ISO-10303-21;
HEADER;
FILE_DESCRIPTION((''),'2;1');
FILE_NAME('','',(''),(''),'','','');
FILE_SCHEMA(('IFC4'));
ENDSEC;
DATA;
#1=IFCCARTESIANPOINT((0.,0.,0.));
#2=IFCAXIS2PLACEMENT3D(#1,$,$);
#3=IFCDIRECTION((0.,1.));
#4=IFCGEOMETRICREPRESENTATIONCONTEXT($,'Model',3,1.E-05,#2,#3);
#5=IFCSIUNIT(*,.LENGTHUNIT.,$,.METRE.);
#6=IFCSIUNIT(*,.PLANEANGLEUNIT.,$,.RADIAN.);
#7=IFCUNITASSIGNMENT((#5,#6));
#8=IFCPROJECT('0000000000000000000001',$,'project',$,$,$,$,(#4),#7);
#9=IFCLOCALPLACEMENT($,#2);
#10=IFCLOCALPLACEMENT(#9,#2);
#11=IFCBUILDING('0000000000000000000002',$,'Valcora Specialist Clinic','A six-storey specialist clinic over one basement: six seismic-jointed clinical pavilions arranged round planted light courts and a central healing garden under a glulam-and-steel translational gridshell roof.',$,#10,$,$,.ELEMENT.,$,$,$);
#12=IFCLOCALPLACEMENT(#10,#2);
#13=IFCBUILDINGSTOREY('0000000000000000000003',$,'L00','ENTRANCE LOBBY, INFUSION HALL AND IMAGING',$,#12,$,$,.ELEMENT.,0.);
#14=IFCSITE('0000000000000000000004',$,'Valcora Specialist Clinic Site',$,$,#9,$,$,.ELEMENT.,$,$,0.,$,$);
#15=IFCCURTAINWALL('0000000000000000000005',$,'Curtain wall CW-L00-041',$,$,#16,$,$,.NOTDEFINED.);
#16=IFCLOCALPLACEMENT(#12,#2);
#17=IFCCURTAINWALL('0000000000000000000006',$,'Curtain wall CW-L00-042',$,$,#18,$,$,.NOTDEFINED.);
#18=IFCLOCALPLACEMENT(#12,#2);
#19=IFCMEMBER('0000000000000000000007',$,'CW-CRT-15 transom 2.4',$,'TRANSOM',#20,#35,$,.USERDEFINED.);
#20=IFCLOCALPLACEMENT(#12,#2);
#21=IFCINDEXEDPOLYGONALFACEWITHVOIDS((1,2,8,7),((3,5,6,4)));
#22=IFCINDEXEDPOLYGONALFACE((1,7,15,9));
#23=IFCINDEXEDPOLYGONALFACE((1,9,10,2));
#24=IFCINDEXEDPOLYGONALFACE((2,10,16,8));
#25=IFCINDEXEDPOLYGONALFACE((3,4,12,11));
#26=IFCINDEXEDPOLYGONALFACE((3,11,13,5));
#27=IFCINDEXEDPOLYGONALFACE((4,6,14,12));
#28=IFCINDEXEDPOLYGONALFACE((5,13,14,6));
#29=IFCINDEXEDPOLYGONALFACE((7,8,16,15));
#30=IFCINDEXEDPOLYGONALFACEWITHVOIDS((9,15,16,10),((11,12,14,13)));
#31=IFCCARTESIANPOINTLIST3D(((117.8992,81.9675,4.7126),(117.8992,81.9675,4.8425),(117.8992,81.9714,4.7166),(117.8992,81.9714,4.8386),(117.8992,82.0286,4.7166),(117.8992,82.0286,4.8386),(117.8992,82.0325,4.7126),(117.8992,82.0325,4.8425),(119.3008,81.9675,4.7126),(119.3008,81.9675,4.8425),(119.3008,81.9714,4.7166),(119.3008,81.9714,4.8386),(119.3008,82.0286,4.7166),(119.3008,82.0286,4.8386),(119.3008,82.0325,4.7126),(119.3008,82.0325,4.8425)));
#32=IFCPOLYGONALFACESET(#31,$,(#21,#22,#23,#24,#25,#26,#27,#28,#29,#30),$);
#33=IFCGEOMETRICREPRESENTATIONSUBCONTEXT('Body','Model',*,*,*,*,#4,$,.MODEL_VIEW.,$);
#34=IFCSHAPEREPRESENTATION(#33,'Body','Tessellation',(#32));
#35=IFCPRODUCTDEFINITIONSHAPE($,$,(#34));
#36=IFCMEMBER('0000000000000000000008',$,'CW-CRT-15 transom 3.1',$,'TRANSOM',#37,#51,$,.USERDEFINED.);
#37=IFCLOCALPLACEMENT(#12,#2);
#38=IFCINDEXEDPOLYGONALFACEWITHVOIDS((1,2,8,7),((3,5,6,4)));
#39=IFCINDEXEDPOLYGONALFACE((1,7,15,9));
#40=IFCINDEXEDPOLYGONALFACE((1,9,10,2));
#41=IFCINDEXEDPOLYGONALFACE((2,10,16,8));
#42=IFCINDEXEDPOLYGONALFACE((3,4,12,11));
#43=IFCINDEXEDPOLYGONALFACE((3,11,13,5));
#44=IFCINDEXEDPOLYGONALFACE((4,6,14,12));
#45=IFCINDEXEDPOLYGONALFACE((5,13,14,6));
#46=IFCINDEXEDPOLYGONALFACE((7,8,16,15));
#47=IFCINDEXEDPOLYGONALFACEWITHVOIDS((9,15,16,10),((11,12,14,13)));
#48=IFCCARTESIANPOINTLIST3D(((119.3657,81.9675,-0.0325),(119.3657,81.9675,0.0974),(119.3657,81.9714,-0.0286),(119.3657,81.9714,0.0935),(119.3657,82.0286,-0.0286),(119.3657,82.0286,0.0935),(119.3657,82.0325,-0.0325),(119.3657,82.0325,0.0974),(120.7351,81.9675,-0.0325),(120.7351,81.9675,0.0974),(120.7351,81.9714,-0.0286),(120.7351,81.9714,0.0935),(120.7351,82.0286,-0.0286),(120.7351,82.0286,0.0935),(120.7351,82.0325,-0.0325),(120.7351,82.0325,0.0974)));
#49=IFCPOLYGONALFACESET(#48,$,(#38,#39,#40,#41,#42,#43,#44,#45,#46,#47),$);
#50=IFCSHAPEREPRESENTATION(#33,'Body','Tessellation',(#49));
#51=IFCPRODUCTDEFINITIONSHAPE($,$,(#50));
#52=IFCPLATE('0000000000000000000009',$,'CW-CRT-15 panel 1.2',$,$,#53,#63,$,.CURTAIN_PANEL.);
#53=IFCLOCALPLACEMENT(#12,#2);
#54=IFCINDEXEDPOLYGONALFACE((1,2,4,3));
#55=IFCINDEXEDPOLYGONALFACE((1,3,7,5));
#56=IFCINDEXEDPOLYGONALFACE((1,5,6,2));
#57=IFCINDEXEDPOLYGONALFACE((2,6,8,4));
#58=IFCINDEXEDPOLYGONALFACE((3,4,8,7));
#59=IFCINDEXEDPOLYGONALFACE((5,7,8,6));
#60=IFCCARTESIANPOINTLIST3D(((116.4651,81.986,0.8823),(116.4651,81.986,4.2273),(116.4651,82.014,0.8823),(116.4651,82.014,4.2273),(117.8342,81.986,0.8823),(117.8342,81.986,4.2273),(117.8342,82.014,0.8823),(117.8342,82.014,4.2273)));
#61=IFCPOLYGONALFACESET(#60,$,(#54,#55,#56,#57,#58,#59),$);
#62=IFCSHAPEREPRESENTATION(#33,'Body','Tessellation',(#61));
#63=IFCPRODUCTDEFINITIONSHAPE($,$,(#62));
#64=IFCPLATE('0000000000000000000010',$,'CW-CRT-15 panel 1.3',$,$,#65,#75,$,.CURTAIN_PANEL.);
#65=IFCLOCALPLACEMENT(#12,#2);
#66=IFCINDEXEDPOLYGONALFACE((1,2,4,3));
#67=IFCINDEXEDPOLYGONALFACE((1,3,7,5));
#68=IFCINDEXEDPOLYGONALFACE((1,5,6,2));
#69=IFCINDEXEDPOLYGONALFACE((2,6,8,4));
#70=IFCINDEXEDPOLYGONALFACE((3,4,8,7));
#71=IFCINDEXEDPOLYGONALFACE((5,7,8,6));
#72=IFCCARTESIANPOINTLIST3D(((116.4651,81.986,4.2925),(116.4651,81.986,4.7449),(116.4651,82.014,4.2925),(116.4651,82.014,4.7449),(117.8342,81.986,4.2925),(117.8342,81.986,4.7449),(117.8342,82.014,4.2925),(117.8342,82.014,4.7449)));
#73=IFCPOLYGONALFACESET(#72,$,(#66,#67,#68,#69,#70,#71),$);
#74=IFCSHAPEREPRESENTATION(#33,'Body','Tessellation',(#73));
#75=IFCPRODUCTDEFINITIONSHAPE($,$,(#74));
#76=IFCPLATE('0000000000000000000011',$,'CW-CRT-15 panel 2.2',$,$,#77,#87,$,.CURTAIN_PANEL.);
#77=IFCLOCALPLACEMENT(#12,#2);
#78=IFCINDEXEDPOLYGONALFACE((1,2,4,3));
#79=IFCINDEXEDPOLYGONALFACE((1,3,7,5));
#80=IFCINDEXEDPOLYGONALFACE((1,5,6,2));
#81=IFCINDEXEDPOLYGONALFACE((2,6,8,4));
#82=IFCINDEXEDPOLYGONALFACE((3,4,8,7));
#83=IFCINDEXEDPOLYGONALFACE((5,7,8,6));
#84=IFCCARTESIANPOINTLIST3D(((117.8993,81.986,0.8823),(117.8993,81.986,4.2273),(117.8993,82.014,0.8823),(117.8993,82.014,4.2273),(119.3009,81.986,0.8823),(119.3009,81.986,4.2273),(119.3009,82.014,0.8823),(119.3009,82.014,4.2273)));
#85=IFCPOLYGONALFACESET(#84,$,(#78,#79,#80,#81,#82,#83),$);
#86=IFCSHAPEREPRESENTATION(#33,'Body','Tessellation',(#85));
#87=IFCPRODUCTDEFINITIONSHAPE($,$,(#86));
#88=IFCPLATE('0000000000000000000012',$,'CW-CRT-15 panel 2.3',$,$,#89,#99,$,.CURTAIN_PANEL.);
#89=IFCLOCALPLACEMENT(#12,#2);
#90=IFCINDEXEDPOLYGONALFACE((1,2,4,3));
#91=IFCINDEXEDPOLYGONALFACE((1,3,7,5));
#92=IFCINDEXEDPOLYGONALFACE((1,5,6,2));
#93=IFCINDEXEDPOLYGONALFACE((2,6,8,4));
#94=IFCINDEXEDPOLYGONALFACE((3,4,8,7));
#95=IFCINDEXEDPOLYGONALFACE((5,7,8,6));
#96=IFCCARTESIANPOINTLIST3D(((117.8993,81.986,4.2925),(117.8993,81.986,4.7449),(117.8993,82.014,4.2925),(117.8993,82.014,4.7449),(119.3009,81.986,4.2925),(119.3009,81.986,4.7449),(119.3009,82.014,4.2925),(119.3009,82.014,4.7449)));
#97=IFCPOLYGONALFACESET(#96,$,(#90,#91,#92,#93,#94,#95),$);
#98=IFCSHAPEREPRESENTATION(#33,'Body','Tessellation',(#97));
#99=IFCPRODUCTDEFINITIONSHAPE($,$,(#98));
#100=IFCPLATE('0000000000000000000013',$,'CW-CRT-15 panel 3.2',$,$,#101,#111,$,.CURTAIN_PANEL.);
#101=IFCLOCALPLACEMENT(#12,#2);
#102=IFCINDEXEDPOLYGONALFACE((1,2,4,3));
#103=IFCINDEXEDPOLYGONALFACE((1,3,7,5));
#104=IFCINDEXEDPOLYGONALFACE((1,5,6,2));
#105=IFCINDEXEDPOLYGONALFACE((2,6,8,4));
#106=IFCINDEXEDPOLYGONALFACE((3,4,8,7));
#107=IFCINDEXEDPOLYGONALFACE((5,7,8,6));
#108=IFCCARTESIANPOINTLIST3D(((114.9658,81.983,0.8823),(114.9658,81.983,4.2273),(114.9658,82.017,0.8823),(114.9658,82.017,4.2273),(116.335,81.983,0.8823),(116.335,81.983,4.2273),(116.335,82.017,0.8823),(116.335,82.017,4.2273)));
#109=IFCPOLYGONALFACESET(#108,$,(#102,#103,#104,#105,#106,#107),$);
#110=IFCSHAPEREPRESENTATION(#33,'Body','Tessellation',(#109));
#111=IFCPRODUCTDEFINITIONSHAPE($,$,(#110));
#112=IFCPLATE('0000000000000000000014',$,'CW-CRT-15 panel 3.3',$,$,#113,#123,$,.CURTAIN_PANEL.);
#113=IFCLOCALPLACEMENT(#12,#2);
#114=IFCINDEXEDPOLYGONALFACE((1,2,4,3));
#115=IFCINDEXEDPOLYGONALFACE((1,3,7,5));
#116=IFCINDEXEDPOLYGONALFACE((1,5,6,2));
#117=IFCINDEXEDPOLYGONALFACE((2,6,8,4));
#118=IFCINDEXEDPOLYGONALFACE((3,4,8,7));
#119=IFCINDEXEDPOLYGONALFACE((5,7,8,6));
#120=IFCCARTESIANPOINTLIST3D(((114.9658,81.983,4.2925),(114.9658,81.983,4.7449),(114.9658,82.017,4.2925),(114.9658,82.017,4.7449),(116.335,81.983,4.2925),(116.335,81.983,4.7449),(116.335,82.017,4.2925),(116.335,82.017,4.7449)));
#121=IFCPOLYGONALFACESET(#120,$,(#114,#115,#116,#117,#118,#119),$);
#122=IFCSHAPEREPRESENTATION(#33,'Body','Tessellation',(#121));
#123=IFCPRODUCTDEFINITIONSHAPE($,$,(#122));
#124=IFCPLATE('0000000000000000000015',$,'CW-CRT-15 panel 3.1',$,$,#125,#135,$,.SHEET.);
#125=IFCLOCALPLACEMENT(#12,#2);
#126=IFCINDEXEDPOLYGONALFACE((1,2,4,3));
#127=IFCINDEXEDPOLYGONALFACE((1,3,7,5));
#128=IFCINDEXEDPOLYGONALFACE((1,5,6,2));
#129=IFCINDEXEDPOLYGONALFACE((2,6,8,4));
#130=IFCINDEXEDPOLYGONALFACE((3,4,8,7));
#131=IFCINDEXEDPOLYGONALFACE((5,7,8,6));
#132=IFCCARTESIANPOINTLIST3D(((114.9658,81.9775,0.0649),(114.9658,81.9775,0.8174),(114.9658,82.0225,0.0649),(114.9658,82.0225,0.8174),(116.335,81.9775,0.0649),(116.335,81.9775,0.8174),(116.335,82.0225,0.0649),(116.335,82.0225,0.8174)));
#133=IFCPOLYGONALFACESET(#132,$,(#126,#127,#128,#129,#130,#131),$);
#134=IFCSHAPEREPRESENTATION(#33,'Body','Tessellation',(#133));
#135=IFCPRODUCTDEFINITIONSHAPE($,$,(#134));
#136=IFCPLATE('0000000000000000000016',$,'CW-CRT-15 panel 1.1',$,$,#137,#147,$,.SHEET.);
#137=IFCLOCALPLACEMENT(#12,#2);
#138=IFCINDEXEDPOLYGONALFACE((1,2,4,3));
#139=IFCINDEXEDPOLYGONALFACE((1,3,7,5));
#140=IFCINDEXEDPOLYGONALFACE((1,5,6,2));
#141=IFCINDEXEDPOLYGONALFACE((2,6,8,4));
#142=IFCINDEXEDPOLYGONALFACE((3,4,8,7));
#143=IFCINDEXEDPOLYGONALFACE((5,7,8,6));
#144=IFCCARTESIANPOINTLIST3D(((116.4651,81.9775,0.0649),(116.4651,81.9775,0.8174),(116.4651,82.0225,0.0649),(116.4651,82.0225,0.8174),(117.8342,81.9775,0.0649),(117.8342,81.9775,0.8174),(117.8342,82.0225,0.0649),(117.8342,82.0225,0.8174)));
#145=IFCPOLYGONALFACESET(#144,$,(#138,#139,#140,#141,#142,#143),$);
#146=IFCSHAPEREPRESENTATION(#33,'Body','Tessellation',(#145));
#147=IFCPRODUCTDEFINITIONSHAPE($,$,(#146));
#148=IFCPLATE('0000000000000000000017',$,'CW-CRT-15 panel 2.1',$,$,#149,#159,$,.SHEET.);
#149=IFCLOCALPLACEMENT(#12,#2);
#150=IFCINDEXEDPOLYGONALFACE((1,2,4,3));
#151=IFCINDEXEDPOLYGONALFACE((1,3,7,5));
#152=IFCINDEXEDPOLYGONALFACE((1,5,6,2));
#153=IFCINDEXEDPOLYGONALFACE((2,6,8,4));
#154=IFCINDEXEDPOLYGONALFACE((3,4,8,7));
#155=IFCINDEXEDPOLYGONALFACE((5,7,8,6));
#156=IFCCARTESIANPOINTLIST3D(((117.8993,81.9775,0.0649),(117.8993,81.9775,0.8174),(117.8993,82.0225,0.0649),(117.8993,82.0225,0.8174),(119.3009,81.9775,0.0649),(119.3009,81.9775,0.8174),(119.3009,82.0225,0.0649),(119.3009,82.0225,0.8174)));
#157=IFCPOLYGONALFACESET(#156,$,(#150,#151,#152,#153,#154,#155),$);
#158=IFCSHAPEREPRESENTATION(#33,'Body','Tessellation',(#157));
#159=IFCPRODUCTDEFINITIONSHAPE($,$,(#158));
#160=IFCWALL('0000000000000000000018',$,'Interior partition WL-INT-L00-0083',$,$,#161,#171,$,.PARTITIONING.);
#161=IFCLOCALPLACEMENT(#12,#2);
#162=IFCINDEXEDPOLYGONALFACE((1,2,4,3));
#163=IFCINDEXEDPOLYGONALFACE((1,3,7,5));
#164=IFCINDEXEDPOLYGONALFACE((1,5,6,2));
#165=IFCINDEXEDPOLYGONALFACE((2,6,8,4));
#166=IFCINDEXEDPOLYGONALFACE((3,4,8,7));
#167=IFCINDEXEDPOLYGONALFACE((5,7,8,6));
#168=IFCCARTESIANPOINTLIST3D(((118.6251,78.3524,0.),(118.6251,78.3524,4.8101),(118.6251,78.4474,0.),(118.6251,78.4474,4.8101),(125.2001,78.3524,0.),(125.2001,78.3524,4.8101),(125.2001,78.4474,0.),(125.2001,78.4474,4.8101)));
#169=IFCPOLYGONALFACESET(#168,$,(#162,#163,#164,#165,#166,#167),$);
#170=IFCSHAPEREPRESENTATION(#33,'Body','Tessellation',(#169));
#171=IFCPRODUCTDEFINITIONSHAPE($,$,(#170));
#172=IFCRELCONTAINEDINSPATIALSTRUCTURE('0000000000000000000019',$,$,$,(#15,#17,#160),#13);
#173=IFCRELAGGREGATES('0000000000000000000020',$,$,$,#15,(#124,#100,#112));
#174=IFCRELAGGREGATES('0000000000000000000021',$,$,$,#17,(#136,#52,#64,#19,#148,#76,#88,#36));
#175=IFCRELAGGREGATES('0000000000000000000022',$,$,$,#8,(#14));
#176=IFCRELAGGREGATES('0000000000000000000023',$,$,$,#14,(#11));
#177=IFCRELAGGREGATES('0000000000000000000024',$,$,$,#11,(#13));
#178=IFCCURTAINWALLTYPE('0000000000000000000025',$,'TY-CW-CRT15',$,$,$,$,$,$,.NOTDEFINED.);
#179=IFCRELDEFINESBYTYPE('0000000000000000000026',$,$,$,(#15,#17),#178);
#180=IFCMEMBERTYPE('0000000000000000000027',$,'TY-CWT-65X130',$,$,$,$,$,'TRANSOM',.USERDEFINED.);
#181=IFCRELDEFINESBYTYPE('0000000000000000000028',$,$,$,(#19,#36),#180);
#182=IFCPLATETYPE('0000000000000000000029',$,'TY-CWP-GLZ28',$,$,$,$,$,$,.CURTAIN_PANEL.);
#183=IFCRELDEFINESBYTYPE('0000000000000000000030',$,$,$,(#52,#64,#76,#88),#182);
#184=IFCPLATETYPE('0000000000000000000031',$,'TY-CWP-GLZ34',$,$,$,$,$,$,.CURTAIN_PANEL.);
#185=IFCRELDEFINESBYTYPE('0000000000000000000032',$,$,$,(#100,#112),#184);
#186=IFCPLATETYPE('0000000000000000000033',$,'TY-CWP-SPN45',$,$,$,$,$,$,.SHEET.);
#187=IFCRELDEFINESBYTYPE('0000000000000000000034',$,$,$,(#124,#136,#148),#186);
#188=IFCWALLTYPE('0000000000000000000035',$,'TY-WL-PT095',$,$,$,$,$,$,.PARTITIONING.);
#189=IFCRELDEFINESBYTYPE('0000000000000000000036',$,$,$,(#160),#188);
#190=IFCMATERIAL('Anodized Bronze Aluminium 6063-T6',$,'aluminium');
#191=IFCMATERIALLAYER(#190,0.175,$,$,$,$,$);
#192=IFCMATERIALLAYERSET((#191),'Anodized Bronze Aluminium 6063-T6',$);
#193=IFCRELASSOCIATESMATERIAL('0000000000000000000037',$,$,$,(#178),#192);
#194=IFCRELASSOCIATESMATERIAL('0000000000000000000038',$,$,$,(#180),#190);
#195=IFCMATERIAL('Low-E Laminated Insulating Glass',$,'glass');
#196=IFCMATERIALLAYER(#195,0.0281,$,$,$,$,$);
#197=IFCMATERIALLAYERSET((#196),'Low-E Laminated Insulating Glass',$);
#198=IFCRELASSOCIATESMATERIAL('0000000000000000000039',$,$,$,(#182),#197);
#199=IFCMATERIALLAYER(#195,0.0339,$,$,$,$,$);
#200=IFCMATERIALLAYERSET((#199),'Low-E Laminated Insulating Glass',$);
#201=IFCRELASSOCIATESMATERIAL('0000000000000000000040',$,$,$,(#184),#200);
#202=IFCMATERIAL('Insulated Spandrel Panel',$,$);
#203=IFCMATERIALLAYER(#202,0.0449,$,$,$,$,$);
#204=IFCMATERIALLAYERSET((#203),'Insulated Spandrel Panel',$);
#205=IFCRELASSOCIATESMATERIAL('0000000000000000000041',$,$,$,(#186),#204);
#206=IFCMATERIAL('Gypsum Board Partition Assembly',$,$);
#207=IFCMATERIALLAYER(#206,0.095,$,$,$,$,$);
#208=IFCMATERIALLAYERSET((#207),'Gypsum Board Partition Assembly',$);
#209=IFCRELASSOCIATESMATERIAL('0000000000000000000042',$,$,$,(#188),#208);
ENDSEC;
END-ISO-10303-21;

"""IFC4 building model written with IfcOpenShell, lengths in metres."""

from ifc_helpers import new_model, si_unit, direction, frame, frame_2d, origin, origin_2d, place, context, subcontext, project, spatial, rectangle, hollow_rectangle, extrude, material, layer, layer_set, material_profile, profile_set, type_object, element, aggregate, save


model = new_model("IFC4")

# Units and contexts
model_context = context("Model", 3, precision=1e-05, world=origin(), true_north=direction((0.0, 1.0)))
body_context = subcontext(model_context, "Body", "Model", "MODEL_VIEW")
ifc_project = project(units=[si_unit("LENGTHUNIT", "METRE"), si_unit("PLANEANGLEUNIT", "RADIAN")], contexts=[model_context])

# Site, building, storey
site_placement = place(None, origin())
site = spatial("IfcSite", under=ifc_project, at=site_placement, Name="Valcora Specialist Clinic Site", CompositionType="ELEMENT", RefElevation=0.0)
building_placement = place(site_placement, origin())
building = spatial("IfcBuilding", under=site, at=building_placement, Name="Valcora Specialist Clinic", Description="A six-storey specialist clinic over one basement: six seismic-jointed clinical pavilions arranged round planted light courts and a central healing garden under a glulam-and-steel translational gridshell roof.", CompositionType="ELEMENT")
storey_placement = place(building_placement, origin())
storey = spatial("IfcBuildingStorey", under=building, at=storey_placement, Name="L00", Description="ENTRANCE LOBBY, INFUSION HALL AND IMAGING", CompositionType="ELEMENT", Elevation=0.0)

# Curtain wall
ifc_material_1 = material(Name="Anodized Bronze Aluminium 6063-T6", Category="aluminium")
ifc_layer_1 = layer(ifc_material_1, 0.175)
ifc_layer_set_1 = layer_set([ifc_layer_1], Name="Anodized Bronze Aluminium 6063-T6")
curtain_wall_type = type_object("IfcCurtainWallType", Name="TY-CW-CRT15", PredefinedType="NOTDEFINED", material=ifc_layer_set_1)
curtain_wall_1_placement = place(storey_placement, origin())
curtain_wall_1 = element("IfcCurtainWall", 1, at=curtain_wall_1_placement, inside=storey, type_object=curtain_wall_type, Name="Curtain wall CW-L00-041", PredefinedType="NOTDEFINED")

# Curtain wall, members, plates
curtain_wall_2_placement = place(storey_placement, origin())
curtain_wall_2 = element("IfcCurtainWall", 2, at=curtain_wall_2_placement, inside=storey, type_object=curtain_wall_type, Name="Curtain wall CW-L00-042", PredefinedType="NOTDEFINED")
ifc_material_profile_1 = material_profile(ifc_material_1, hollow_rectangle(XDim=0.0649, YDim=0.1299, WallThickness=0.0039, at=origin_2d()), Name="AL-TRN-65X130")
ifc_profile_set_1 = profile_set([ifc_material_profile_1], Name="Anodized Bronze Aluminium 6063-T6")
member_type_1 = type_object("IfcMemberType", Name="TY-CWT-65X130", ElementType="TRANSOM", PredefinedType="USERDEFINED", material=ifc_profile_set_1)
member_1_placement = place(storey_placement, frame((117.8992, 82.0, 4.7776), z_axis=(1.0, 0.0, 0.0), x_axis=(0.0, 1.0, 0.0)))
member_1 = element("IfcMember", 3, at=member_1_placement, type_object=member_type_1, Name="CW-CRT-15 transom 2.4", ObjectType="TRANSOM", PredefinedType="USERDEFINED", context=body_context, shape_type="SweptSolid", body=[
    extrude(hollow_rectangle(XDim=0.0649, YDim=0.1299, WallThickness=0.0039, at=origin_2d()), origin(), (0.0, 0.0, 1.0), 1.4016),
])
member_2_placement = place(storey_placement, frame((119.3657, 82.0, 0.0325), z_axis=(1.0, 0.0, 0.0), x_axis=(0.0, 1.0, 0.0)))
member_2 = element("IfcMember", 4, at=member_2_placement, type_object=member_type_1, Name="CW-CRT-15 transom 3.1", ObjectType="TRANSOM", PredefinedType="USERDEFINED", context=body_context, shape_type="SweptSolid", body=[
    extrude(hollow_rectangle(XDim=0.0649, YDim=0.1299, WallThickness=0.0039, at=origin_2d()), origin(), (0.0, 0.0, 1.0), 1.3694),
])
ifc_material_2 = material(Name="Low-E Laminated Insulating Glass", Category="glass")
ifc_layer_2 = layer(ifc_material_2, 0.0281)
ifc_layer_set_2 = layer_set([ifc_layer_2], Name="Low-E Laminated Insulating Glass")
plate_type_1 = type_object("IfcPlateType", Name="TY-CWP-GLZ28", PredefinedType="CURTAIN_PANEL", material=ifc_layer_set_2)
plate_1_placement = place(storey_placement, frame((117.1497, 82.0, 0.8823), z_axis=(0.0, 0.0, 1.0), x_axis=(1.0, 0.0, 0.0)))
plate_1 = element("IfcPlate", 5, at=plate_1_placement, type_object=plate_type_1, Name="CW-CRT-15 panel 1.2", PredefinedType="CURTAIN_PANEL", context=body_context, shape_type="SweptSolid", body=[
    extrude(rectangle(XDim=1.3691, YDim=0.0281, at=origin_2d()), origin(), (0.0, 0.0, 1.0), 3.345),
])
plate_2_placement = place(storey_placement, frame((117.1497, 82.0, 4.2925), z_axis=(0.0, 0.0, 1.0), x_axis=(1.0, 0.0, 0.0)))
plate_2 = element("IfcPlate", 6, at=plate_2_placement, type_object=plate_type_1, Name="CW-CRT-15 panel 1.3", PredefinedType="CURTAIN_PANEL", context=body_context, shape_type="SweptSolid", body=[
    extrude(rectangle(XDim=1.3691, YDim=0.0281, at=origin_2d()), origin(), (0.0, 0.0, 1.0), 0.4524),
])
plate_3_placement = place(storey_placement, frame((118.6001, 82.0, 0.8823), z_axis=(0.0, 0.0, 1.0), x_axis=(1.0, 0.0, 0.0)))
plate_3 = element("IfcPlate", 7, at=plate_3_placement, type_object=plate_type_1, Name="CW-CRT-15 panel 2.2", PredefinedType="CURTAIN_PANEL", context=body_context, shape_type="SweptSolid", body=[
    extrude(rectangle(XDim=1.4016, YDim=0.0281, at=origin_2d()), origin(), (0.0, 0.0, 1.0), 3.345),
])
plate_4_placement = place(storey_placement, frame((118.6001, 82.0, 4.2925), z_axis=(0.0, 0.0, 1.0), x_axis=(1.0, 0.0, 0.0)))
plate_4 = element("IfcPlate", 8, at=plate_4_placement, type_object=plate_type_1, Name="CW-CRT-15 panel 2.3", PredefinedType="CURTAIN_PANEL", context=body_context, shape_type="SweptSolid", body=[
    extrude(rectangle(XDim=1.4016, YDim=0.0281, at=origin_2d()), origin(), (0.0, 0.0, 1.0), 0.4524),
])

# Plates
ifc_layer_3 = layer(ifc_material_2, 0.0339)
ifc_layer_set_3 = layer_set([ifc_layer_3], Name="Low-E Laminated Insulating Glass")
plate_type_2 = type_object("IfcPlateType", Name="TY-CWP-GLZ34", PredefinedType="CURTAIN_PANEL", material=ifc_layer_set_3)
plate_5_placement = place(storey_placement, frame((115.6504, 82.0, 0.8823), z_axis=(0.0, 0.0, 1.0), x_axis=(1.0, 0.0, 0.0)))
plate_5 = element("IfcPlate", 9, at=plate_5_placement, type_object=plate_type_2, Name="CW-CRT-15 panel 3.2", PredefinedType="CURTAIN_PANEL", context=body_context, shape_type="SweptSolid", body=[
    extrude(rectangle(XDim=1.3691, YDim=0.0339, at=origin_2d()), origin(), (0.0, 0.0, 1.0), 3.345),
])
plate_6_placement = place(storey_placement, frame((115.6504, 82.0, 4.2925), z_axis=(0.0, 0.0, 1.0), x_axis=(1.0, 0.0, 0.0)))
plate_6 = element("IfcPlate", 10, at=plate_6_placement, type_object=plate_type_2, Name="CW-CRT-15 panel 3.3", PredefinedType="CURTAIN_PANEL", context=body_context, shape_type="SweptSolid", body=[
    extrude(rectangle(XDim=1.3691, YDim=0.0339, at=origin_2d()), origin(), (0.0, 0.0, 1.0), 0.4524),
])
ifc_material_3 = material(Name="Insulated Spandrel Panel")
ifc_layer_4 = layer(ifc_material_3, 0.0449)
ifc_layer_set_4 = layer_set([ifc_layer_4], Name="Insulated Spandrel Panel")
plate_type_3 = type_object("IfcPlateType", Name="TY-CWP-SPN45", PredefinedType="SHEET", material=ifc_layer_set_4)
plate_7_placement = place(storey_placement, frame((115.6504, 82.0, 0.0649), z_axis=(0.0, 0.0, 1.0), x_axis=(1.0, 0.0, 0.0)))
plate_7 = element("IfcPlate", 11, at=plate_7_placement, type_object=plate_type_3, Name="CW-CRT-15 panel 3.1", PredefinedType="SHEET", context=body_context, shape_type="SweptSolid", body=[
    extrude(rectangle(XDim=1.3691, YDim=0.0449, at=origin_2d()), origin(), (0.0, 0.0, 1.0), 0.7524),
])
aggregate(curtain_wall_1, [plate_7, plate_5, plate_6])
plate_8_placement = place(storey_placement, frame((117.1497, 82.0, 0.0649), z_axis=(0.0, 0.0, 1.0), x_axis=(1.0, 0.0, 0.0)))
plate_8 = element("IfcPlate", 12, at=plate_8_placement, type_object=plate_type_3, Name="CW-CRT-15 panel 1.1", PredefinedType="SHEET", context=body_context, shape_type="SweptSolid", body=[
    extrude(rectangle(XDim=1.3691, YDim=0.0449, at=origin_2d()), origin(), (0.0, 0.0, 1.0), 0.7524),
])
plate_9_placement = place(storey_placement, frame((118.6001, 82.0, 0.0649), z_axis=(0.0, 0.0, 1.0), x_axis=(1.0, 0.0, 0.0)))
plate_9 = element("IfcPlate", 13, at=plate_9_placement, type_object=plate_type_3, Name="CW-CRT-15 panel 2.1", PredefinedType="SHEET", context=body_context, shape_type="SweptSolid", body=[
    extrude(rectangle(XDim=1.4016, YDim=0.0449, at=origin_2d()), origin(), (0.0, 0.0, 1.0), 0.7524),
])
aggregate(curtain_wall_2, [plate_8, plate_1, plate_2, member_1, plate_9, plate_3, plate_4, member_2])

# Wall
ifc_material_4 = material(Name="Gypsum Board Partition Assembly")
ifc_layer_5 = layer(ifc_material_4, 0.095)
ifc_layer_set_5 = layer_set([ifc_layer_5], Name="Gypsum Board Partition Assembly")
wall_type = type_object("IfcWallType", Name="TY-WL-PT095", PredefinedType="PARTITIONING", material=ifc_layer_set_5)
wall_placement = place(storey_placement, frame((118.625, 78.3999, 0.0), z_axis=(0.0, 0.0, 1.0), x_axis=(1.0, 0.0, 0.0)))
element("IfcWall", 14, at=wall_placement, inside=storey, type_object=wall_type, Name="Interior partition WL-INT-L00-0083", PredefinedType="PARTITIONING", context=body_context, shape_type="SweptSolid", body=[
    extrude(rectangle(XDim=6.575, YDim=0.095, at=frame_2d((3.2876, 0.0))), origin(), (0.0, 0.0, 1.0), 4.8101),
])

save(model, "model.ifc")
